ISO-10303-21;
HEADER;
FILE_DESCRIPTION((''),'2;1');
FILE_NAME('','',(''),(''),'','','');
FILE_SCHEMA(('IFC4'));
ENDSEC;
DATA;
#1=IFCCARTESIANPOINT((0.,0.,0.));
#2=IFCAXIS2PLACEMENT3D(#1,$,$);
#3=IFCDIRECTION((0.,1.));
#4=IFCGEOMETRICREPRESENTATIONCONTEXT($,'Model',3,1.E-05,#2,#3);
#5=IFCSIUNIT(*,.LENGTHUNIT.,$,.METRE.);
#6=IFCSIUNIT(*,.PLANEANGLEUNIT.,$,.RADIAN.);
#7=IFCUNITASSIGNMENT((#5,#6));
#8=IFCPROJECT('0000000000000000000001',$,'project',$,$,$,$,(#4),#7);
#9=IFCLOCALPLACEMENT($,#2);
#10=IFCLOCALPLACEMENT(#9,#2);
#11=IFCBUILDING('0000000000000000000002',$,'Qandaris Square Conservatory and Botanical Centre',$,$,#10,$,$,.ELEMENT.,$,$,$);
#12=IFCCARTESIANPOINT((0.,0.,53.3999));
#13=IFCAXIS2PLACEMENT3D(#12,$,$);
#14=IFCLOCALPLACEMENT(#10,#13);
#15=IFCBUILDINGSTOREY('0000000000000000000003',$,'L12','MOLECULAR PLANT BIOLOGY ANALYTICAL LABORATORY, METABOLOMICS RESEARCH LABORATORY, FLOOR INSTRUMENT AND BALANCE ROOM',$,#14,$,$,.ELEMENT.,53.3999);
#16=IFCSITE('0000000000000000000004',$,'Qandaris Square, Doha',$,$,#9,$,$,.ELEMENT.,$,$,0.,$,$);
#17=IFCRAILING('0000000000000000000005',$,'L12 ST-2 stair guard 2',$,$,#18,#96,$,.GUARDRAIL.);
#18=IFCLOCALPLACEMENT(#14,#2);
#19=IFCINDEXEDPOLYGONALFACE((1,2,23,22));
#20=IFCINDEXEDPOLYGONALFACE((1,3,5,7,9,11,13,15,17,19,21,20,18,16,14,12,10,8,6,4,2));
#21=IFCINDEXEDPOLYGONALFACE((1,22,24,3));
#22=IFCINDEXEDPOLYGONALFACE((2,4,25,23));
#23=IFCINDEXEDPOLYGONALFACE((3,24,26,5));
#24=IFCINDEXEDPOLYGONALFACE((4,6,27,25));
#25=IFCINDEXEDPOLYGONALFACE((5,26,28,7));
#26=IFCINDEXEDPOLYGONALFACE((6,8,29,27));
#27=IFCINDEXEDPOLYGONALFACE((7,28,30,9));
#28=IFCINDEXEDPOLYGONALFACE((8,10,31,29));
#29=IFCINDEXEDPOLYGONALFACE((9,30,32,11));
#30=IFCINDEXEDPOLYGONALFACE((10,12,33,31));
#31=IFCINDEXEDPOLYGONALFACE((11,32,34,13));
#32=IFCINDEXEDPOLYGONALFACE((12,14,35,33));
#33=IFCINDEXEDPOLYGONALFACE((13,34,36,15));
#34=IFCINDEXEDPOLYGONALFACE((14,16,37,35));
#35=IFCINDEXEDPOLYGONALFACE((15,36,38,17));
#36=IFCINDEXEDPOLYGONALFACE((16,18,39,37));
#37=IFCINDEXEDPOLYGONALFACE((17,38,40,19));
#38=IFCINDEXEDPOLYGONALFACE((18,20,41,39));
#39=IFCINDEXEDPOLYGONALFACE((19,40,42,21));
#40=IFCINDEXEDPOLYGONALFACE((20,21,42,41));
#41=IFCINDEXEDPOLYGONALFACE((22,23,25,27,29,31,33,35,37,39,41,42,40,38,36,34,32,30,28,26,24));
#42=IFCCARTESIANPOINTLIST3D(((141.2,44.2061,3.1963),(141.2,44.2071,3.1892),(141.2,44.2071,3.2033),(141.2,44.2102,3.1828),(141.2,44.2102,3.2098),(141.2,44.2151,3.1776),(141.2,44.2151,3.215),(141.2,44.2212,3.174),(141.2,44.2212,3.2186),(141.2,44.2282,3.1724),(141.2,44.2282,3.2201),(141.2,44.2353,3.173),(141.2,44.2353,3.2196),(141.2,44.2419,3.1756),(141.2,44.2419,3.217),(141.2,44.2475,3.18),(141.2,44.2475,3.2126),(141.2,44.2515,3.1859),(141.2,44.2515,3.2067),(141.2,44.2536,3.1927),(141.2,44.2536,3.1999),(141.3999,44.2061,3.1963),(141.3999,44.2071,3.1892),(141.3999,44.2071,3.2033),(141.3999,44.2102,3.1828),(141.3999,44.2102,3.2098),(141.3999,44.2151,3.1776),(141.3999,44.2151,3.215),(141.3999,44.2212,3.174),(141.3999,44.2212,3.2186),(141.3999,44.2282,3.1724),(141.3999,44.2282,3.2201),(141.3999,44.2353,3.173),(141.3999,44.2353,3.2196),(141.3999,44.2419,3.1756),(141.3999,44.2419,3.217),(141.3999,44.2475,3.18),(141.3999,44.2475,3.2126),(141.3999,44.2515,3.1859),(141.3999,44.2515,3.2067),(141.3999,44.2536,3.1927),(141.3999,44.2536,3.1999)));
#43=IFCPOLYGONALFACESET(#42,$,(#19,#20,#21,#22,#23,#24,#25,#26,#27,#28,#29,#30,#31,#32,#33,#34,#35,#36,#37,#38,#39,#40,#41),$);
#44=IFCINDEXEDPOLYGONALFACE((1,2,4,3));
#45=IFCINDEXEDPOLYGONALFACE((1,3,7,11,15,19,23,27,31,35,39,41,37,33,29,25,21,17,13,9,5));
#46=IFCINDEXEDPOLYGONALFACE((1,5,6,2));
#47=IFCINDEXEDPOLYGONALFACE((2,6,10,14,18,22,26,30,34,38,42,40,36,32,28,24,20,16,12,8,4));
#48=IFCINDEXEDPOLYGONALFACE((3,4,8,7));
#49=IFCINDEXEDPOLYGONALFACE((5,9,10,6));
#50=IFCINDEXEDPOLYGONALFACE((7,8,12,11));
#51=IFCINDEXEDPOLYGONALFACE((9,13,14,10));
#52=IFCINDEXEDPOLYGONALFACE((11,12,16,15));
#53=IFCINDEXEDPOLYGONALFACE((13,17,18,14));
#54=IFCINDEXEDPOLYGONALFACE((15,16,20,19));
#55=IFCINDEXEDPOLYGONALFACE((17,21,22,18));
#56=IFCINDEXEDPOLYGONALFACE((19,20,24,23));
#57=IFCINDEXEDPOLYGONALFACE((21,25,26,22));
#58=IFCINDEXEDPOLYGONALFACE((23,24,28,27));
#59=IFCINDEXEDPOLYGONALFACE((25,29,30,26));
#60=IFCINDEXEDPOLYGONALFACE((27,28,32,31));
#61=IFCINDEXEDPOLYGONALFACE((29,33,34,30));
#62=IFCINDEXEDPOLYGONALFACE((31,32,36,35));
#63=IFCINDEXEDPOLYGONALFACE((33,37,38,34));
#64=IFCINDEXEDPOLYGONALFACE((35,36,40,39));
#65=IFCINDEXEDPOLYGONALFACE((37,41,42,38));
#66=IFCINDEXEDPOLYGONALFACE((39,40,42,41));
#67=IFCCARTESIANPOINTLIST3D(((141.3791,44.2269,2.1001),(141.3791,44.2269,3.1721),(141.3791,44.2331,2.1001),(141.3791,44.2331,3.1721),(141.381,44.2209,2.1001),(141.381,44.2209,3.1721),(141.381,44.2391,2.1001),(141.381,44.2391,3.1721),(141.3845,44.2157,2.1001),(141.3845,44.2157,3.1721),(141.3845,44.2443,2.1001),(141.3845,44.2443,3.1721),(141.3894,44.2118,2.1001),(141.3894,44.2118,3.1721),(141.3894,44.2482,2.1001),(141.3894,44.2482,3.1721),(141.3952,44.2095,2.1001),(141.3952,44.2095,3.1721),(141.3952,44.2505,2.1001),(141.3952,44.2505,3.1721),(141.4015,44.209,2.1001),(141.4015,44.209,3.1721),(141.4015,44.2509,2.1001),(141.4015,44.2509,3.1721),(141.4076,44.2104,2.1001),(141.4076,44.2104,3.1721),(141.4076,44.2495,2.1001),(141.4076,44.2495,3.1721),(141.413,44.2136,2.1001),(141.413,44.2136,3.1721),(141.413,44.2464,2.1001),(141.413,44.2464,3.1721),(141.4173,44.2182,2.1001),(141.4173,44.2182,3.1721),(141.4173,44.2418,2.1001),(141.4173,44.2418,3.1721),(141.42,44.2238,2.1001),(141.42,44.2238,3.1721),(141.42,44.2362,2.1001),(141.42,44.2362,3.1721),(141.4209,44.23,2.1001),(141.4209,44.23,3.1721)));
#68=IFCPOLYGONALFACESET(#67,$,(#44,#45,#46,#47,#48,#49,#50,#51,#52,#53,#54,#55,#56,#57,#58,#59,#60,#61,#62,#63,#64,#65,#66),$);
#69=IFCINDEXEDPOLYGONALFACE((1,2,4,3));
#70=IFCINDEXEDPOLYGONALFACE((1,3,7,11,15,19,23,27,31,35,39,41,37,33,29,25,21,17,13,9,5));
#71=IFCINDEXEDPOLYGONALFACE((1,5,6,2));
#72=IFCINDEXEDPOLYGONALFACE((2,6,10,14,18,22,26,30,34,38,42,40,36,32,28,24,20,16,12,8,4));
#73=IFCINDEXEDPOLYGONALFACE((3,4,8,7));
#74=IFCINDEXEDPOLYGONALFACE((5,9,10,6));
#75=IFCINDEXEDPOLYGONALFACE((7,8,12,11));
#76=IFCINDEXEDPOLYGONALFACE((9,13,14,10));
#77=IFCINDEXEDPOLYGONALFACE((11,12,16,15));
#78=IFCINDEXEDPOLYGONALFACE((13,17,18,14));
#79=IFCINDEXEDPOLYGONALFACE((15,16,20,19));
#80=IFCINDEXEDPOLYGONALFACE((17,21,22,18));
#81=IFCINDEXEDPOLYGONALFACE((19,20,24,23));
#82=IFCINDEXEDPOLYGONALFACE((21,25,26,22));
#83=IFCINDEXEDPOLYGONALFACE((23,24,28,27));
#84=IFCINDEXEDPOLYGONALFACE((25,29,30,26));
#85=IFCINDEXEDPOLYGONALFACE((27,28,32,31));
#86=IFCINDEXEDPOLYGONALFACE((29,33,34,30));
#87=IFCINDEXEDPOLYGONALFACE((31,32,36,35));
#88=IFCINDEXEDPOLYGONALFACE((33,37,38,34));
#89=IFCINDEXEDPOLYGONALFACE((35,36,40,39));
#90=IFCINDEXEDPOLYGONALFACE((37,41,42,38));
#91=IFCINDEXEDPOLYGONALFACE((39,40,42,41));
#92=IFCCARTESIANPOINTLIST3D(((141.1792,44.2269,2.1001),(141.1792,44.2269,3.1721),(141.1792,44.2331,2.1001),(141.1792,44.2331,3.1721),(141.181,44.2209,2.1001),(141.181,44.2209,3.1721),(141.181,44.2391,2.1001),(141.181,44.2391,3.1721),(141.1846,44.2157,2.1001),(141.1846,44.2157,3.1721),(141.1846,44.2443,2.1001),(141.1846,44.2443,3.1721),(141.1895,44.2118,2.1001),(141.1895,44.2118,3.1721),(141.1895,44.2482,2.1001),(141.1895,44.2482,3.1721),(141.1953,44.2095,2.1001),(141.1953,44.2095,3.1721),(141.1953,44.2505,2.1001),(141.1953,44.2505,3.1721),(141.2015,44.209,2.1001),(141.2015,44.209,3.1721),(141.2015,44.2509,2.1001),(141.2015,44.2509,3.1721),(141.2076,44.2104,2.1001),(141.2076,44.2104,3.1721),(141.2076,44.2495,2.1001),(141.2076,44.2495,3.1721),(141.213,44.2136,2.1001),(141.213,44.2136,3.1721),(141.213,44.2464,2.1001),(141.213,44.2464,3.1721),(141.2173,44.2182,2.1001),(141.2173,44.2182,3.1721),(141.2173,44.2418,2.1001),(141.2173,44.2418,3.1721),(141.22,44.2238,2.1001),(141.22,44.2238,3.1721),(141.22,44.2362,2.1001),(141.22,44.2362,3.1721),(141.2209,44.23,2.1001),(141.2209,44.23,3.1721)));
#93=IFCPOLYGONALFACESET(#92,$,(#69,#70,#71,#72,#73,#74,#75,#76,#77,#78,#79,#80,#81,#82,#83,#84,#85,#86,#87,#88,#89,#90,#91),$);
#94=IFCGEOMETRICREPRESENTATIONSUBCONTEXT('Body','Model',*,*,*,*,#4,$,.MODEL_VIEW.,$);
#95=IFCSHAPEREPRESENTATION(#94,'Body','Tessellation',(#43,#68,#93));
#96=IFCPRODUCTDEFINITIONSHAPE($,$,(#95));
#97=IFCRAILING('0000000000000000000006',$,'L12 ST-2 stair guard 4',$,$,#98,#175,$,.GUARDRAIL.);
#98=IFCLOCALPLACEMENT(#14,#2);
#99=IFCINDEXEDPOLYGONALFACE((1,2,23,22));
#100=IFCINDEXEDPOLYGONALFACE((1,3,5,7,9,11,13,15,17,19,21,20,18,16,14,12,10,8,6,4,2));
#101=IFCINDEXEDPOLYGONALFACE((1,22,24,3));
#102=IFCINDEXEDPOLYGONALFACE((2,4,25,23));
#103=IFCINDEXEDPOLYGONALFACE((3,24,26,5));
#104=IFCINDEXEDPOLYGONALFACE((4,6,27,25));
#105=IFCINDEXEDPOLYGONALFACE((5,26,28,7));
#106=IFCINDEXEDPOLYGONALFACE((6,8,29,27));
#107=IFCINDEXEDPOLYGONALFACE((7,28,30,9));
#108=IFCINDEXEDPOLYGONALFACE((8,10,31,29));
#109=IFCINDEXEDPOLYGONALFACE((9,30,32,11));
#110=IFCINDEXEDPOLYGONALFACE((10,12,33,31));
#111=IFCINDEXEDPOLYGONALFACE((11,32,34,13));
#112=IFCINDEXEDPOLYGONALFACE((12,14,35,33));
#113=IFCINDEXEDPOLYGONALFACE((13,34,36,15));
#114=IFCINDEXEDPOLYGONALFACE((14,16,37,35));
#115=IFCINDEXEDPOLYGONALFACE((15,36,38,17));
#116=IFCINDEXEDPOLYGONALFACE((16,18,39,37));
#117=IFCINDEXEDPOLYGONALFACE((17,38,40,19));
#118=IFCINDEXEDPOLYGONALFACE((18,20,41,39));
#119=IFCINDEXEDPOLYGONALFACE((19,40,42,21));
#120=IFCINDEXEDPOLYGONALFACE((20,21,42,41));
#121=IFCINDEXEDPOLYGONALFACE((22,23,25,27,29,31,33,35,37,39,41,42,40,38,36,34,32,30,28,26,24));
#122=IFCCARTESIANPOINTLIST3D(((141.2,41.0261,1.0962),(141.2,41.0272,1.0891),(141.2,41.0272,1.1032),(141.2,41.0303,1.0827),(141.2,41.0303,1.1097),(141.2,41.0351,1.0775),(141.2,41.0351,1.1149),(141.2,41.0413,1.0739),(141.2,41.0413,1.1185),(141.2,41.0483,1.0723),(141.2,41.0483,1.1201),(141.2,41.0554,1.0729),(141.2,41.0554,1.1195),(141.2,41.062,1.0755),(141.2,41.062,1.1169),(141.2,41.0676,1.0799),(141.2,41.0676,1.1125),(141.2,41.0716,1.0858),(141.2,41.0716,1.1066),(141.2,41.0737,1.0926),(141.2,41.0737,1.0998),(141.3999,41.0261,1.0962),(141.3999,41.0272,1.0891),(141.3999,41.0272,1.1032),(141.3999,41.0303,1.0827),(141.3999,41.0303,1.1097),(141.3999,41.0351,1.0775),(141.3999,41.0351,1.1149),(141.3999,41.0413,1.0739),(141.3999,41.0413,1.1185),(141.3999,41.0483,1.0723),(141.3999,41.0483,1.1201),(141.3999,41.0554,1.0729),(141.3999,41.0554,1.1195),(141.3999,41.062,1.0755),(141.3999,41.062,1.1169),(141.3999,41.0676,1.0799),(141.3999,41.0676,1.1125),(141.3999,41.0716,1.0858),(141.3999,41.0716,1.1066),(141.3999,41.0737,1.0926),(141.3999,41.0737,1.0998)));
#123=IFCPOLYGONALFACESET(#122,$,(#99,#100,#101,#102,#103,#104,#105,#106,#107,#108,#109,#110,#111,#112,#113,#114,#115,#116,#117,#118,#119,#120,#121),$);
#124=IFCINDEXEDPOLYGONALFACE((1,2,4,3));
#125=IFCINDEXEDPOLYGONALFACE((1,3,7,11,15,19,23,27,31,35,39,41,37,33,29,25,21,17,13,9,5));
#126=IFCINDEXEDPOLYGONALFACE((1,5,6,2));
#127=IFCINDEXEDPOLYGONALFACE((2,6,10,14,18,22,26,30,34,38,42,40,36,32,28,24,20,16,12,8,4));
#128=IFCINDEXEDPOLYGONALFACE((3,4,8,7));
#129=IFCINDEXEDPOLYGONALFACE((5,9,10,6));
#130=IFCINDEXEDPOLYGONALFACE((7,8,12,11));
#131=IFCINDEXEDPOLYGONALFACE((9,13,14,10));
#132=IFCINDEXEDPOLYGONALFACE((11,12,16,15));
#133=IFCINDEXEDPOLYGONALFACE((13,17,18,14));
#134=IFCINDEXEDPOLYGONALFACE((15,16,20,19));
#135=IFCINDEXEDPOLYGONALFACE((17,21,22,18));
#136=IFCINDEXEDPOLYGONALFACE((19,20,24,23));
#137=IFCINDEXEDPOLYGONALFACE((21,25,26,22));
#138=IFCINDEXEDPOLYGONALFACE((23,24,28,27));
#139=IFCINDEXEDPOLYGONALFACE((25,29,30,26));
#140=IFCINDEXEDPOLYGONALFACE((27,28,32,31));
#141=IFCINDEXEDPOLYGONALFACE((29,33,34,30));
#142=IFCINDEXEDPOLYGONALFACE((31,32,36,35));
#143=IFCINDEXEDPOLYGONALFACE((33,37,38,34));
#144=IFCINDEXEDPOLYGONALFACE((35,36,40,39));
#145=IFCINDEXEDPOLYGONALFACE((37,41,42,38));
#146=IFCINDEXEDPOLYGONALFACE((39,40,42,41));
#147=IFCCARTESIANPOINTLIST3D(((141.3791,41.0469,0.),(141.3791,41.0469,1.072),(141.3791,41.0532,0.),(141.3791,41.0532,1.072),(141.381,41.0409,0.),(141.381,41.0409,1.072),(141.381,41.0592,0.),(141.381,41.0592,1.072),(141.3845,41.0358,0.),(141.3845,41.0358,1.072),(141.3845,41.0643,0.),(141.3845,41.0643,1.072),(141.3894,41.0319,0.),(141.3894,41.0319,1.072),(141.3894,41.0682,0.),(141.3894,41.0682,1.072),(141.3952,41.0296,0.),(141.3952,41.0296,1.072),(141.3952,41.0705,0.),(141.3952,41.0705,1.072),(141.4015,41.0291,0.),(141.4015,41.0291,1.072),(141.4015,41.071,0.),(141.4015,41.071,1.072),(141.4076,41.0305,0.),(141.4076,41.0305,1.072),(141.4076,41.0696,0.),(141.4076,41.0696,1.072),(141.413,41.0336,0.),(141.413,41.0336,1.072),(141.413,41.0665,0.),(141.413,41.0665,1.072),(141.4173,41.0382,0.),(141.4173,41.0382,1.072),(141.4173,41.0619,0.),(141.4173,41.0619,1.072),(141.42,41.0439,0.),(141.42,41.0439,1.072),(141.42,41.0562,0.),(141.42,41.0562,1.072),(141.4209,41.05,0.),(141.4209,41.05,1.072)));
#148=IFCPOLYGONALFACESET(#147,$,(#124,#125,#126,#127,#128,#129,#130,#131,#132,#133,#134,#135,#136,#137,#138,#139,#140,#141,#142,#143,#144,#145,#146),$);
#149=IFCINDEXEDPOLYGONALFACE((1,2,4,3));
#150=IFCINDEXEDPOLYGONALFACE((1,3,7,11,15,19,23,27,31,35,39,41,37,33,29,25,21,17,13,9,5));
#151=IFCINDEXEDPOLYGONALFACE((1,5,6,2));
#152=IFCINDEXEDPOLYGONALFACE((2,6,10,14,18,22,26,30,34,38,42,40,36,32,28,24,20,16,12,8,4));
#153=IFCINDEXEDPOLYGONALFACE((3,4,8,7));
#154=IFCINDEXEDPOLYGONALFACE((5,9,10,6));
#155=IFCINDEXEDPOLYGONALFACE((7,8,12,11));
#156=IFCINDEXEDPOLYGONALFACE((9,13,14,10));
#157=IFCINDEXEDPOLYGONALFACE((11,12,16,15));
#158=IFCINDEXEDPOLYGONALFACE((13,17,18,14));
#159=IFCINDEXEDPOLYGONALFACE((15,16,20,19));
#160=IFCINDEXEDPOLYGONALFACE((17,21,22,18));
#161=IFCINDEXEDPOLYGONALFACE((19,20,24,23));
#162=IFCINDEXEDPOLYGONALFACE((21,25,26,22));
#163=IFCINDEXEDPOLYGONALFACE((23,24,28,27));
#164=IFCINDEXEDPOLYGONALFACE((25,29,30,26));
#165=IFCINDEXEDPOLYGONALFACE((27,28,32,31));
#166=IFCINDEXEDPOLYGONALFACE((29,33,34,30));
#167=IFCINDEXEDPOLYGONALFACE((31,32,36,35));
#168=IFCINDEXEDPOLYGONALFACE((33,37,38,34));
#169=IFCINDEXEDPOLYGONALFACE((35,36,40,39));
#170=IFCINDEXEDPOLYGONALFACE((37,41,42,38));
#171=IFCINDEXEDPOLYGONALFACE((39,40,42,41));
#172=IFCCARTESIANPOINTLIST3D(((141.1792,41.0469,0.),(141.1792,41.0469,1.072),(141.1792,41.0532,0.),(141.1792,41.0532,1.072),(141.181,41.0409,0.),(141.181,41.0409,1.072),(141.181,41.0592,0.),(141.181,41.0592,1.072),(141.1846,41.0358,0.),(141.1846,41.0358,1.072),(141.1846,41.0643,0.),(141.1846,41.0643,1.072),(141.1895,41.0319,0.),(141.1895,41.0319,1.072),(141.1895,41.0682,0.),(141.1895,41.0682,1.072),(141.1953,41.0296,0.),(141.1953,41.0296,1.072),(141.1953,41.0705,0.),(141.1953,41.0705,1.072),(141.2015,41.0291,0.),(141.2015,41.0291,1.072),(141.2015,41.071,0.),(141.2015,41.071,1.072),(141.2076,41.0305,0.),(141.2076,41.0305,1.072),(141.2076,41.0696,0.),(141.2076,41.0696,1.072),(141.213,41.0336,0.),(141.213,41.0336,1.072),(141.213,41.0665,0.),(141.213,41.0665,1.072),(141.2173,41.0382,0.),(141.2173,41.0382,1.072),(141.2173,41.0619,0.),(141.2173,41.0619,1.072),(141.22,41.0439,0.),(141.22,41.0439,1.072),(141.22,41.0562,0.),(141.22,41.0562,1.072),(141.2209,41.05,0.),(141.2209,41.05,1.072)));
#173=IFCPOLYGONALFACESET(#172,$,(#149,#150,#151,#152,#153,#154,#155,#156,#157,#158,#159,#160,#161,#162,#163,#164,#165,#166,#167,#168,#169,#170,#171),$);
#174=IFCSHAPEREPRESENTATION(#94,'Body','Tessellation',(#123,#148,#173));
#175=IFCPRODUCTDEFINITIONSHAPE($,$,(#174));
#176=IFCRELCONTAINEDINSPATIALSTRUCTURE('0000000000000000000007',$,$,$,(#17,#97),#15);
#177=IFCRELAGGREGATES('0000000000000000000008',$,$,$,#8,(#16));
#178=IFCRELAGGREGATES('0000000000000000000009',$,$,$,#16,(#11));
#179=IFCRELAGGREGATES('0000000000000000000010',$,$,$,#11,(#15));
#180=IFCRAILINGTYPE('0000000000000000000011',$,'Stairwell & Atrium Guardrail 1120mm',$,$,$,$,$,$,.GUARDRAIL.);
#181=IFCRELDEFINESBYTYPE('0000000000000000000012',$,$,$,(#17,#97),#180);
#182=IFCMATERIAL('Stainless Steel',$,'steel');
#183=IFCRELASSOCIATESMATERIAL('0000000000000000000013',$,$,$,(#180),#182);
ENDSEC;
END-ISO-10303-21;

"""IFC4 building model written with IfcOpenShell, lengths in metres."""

from ifc_helpers import new_model, si_unit, direction, frame, origin, origin_2d, place, context, subcontext, project, spatial, circle, extrude, material, type_object, element, save


model = new_model("IFC4")

# Units and contexts
model_context = context("Model", 3, precision=1e-05, world=origin(), true_north=direction((0.0, 1.0)))
body_context = subcontext(model_context, "Body", "Model", "MODEL_VIEW")
ifc_project = project(units=[si_unit("LENGTHUNIT", "METRE"), si_unit("PLANEANGLEUNIT", "RADIAN")], contexts=[model_context])

# Site, building, storey
site_placement = place(None, origin())
site = spatial("IfcSite", under=ifc_project, at=site_placement, Name="Qandaris Square, Doha", CompositionType="ELEMENT", RefElevation=0.0)
building_placement = place(site_placement, origin())
building = spatial("IfcBuilding", under=site, at=building_placement, Name="Qandaris Square Conservatory and Botanical Centre", CompositionType="ELEMENT")
storey_placement = place(building_placement, frame((0.0, 0.0, 53.3999)))
storey = spatial("IfcBuildingStorey", under=building, at=storey_placement, Name="L12", Description="MOLECULAR PLANT BIOLOGY ANALYTICAL LABORATORY, METABOLOMICS RESEARCH LABORATORY, FLOOR INSTRUMENT AND BALANCE ROOM", CompositionType="ELEMENT", Elevation=53.3999)

# Railings
ifc_material_1 = material(Name="Stainless Steel", Category="steel")
railing_type_1 = type_object("IfcRailingType", Name="Stairwell & Atrium Guardrail 1120mm", PredefinedType="GUARDRAIL", material=ifc_material_1)
for number, where, name in (
    (1, (141.3999, 44.23, 2.1001), "L12 ST-2 stair guard 2"),
    (2, (141.3999, 41.05, 0.0), "L12 ST-2 stair guard 4"),
):
    element("IfcRailing", number, at=place(storey_placement, frame(where)), inside=storey, type_object=railing_type_1, Name=name, PredefinedType="GUARDRAIL", context=body_context, shape_type="SweptSolid", body=[
        extrude(circle(Radius=0.0239, at=origin_2d()), frame((0.0, 0.0, 1.0962), z_axis=(-1.0, 0.0, 0.0), x_axis=(0.0, -1.0, 0.0)), (0.0, 0.0, 1.0), 0.2),
        extrude(circle(Radius=0.021, at=origin_2d()), origin(), (0.0, 0.0, 1.0), 1.072),
        extrude(circle(Radius=0.021, at=origin_2d()), frame((-0.2, 0.0, 0.0)), (0.0, 0.0, 1.0), 1.072),
    ])

save(model, "model.ifc")
